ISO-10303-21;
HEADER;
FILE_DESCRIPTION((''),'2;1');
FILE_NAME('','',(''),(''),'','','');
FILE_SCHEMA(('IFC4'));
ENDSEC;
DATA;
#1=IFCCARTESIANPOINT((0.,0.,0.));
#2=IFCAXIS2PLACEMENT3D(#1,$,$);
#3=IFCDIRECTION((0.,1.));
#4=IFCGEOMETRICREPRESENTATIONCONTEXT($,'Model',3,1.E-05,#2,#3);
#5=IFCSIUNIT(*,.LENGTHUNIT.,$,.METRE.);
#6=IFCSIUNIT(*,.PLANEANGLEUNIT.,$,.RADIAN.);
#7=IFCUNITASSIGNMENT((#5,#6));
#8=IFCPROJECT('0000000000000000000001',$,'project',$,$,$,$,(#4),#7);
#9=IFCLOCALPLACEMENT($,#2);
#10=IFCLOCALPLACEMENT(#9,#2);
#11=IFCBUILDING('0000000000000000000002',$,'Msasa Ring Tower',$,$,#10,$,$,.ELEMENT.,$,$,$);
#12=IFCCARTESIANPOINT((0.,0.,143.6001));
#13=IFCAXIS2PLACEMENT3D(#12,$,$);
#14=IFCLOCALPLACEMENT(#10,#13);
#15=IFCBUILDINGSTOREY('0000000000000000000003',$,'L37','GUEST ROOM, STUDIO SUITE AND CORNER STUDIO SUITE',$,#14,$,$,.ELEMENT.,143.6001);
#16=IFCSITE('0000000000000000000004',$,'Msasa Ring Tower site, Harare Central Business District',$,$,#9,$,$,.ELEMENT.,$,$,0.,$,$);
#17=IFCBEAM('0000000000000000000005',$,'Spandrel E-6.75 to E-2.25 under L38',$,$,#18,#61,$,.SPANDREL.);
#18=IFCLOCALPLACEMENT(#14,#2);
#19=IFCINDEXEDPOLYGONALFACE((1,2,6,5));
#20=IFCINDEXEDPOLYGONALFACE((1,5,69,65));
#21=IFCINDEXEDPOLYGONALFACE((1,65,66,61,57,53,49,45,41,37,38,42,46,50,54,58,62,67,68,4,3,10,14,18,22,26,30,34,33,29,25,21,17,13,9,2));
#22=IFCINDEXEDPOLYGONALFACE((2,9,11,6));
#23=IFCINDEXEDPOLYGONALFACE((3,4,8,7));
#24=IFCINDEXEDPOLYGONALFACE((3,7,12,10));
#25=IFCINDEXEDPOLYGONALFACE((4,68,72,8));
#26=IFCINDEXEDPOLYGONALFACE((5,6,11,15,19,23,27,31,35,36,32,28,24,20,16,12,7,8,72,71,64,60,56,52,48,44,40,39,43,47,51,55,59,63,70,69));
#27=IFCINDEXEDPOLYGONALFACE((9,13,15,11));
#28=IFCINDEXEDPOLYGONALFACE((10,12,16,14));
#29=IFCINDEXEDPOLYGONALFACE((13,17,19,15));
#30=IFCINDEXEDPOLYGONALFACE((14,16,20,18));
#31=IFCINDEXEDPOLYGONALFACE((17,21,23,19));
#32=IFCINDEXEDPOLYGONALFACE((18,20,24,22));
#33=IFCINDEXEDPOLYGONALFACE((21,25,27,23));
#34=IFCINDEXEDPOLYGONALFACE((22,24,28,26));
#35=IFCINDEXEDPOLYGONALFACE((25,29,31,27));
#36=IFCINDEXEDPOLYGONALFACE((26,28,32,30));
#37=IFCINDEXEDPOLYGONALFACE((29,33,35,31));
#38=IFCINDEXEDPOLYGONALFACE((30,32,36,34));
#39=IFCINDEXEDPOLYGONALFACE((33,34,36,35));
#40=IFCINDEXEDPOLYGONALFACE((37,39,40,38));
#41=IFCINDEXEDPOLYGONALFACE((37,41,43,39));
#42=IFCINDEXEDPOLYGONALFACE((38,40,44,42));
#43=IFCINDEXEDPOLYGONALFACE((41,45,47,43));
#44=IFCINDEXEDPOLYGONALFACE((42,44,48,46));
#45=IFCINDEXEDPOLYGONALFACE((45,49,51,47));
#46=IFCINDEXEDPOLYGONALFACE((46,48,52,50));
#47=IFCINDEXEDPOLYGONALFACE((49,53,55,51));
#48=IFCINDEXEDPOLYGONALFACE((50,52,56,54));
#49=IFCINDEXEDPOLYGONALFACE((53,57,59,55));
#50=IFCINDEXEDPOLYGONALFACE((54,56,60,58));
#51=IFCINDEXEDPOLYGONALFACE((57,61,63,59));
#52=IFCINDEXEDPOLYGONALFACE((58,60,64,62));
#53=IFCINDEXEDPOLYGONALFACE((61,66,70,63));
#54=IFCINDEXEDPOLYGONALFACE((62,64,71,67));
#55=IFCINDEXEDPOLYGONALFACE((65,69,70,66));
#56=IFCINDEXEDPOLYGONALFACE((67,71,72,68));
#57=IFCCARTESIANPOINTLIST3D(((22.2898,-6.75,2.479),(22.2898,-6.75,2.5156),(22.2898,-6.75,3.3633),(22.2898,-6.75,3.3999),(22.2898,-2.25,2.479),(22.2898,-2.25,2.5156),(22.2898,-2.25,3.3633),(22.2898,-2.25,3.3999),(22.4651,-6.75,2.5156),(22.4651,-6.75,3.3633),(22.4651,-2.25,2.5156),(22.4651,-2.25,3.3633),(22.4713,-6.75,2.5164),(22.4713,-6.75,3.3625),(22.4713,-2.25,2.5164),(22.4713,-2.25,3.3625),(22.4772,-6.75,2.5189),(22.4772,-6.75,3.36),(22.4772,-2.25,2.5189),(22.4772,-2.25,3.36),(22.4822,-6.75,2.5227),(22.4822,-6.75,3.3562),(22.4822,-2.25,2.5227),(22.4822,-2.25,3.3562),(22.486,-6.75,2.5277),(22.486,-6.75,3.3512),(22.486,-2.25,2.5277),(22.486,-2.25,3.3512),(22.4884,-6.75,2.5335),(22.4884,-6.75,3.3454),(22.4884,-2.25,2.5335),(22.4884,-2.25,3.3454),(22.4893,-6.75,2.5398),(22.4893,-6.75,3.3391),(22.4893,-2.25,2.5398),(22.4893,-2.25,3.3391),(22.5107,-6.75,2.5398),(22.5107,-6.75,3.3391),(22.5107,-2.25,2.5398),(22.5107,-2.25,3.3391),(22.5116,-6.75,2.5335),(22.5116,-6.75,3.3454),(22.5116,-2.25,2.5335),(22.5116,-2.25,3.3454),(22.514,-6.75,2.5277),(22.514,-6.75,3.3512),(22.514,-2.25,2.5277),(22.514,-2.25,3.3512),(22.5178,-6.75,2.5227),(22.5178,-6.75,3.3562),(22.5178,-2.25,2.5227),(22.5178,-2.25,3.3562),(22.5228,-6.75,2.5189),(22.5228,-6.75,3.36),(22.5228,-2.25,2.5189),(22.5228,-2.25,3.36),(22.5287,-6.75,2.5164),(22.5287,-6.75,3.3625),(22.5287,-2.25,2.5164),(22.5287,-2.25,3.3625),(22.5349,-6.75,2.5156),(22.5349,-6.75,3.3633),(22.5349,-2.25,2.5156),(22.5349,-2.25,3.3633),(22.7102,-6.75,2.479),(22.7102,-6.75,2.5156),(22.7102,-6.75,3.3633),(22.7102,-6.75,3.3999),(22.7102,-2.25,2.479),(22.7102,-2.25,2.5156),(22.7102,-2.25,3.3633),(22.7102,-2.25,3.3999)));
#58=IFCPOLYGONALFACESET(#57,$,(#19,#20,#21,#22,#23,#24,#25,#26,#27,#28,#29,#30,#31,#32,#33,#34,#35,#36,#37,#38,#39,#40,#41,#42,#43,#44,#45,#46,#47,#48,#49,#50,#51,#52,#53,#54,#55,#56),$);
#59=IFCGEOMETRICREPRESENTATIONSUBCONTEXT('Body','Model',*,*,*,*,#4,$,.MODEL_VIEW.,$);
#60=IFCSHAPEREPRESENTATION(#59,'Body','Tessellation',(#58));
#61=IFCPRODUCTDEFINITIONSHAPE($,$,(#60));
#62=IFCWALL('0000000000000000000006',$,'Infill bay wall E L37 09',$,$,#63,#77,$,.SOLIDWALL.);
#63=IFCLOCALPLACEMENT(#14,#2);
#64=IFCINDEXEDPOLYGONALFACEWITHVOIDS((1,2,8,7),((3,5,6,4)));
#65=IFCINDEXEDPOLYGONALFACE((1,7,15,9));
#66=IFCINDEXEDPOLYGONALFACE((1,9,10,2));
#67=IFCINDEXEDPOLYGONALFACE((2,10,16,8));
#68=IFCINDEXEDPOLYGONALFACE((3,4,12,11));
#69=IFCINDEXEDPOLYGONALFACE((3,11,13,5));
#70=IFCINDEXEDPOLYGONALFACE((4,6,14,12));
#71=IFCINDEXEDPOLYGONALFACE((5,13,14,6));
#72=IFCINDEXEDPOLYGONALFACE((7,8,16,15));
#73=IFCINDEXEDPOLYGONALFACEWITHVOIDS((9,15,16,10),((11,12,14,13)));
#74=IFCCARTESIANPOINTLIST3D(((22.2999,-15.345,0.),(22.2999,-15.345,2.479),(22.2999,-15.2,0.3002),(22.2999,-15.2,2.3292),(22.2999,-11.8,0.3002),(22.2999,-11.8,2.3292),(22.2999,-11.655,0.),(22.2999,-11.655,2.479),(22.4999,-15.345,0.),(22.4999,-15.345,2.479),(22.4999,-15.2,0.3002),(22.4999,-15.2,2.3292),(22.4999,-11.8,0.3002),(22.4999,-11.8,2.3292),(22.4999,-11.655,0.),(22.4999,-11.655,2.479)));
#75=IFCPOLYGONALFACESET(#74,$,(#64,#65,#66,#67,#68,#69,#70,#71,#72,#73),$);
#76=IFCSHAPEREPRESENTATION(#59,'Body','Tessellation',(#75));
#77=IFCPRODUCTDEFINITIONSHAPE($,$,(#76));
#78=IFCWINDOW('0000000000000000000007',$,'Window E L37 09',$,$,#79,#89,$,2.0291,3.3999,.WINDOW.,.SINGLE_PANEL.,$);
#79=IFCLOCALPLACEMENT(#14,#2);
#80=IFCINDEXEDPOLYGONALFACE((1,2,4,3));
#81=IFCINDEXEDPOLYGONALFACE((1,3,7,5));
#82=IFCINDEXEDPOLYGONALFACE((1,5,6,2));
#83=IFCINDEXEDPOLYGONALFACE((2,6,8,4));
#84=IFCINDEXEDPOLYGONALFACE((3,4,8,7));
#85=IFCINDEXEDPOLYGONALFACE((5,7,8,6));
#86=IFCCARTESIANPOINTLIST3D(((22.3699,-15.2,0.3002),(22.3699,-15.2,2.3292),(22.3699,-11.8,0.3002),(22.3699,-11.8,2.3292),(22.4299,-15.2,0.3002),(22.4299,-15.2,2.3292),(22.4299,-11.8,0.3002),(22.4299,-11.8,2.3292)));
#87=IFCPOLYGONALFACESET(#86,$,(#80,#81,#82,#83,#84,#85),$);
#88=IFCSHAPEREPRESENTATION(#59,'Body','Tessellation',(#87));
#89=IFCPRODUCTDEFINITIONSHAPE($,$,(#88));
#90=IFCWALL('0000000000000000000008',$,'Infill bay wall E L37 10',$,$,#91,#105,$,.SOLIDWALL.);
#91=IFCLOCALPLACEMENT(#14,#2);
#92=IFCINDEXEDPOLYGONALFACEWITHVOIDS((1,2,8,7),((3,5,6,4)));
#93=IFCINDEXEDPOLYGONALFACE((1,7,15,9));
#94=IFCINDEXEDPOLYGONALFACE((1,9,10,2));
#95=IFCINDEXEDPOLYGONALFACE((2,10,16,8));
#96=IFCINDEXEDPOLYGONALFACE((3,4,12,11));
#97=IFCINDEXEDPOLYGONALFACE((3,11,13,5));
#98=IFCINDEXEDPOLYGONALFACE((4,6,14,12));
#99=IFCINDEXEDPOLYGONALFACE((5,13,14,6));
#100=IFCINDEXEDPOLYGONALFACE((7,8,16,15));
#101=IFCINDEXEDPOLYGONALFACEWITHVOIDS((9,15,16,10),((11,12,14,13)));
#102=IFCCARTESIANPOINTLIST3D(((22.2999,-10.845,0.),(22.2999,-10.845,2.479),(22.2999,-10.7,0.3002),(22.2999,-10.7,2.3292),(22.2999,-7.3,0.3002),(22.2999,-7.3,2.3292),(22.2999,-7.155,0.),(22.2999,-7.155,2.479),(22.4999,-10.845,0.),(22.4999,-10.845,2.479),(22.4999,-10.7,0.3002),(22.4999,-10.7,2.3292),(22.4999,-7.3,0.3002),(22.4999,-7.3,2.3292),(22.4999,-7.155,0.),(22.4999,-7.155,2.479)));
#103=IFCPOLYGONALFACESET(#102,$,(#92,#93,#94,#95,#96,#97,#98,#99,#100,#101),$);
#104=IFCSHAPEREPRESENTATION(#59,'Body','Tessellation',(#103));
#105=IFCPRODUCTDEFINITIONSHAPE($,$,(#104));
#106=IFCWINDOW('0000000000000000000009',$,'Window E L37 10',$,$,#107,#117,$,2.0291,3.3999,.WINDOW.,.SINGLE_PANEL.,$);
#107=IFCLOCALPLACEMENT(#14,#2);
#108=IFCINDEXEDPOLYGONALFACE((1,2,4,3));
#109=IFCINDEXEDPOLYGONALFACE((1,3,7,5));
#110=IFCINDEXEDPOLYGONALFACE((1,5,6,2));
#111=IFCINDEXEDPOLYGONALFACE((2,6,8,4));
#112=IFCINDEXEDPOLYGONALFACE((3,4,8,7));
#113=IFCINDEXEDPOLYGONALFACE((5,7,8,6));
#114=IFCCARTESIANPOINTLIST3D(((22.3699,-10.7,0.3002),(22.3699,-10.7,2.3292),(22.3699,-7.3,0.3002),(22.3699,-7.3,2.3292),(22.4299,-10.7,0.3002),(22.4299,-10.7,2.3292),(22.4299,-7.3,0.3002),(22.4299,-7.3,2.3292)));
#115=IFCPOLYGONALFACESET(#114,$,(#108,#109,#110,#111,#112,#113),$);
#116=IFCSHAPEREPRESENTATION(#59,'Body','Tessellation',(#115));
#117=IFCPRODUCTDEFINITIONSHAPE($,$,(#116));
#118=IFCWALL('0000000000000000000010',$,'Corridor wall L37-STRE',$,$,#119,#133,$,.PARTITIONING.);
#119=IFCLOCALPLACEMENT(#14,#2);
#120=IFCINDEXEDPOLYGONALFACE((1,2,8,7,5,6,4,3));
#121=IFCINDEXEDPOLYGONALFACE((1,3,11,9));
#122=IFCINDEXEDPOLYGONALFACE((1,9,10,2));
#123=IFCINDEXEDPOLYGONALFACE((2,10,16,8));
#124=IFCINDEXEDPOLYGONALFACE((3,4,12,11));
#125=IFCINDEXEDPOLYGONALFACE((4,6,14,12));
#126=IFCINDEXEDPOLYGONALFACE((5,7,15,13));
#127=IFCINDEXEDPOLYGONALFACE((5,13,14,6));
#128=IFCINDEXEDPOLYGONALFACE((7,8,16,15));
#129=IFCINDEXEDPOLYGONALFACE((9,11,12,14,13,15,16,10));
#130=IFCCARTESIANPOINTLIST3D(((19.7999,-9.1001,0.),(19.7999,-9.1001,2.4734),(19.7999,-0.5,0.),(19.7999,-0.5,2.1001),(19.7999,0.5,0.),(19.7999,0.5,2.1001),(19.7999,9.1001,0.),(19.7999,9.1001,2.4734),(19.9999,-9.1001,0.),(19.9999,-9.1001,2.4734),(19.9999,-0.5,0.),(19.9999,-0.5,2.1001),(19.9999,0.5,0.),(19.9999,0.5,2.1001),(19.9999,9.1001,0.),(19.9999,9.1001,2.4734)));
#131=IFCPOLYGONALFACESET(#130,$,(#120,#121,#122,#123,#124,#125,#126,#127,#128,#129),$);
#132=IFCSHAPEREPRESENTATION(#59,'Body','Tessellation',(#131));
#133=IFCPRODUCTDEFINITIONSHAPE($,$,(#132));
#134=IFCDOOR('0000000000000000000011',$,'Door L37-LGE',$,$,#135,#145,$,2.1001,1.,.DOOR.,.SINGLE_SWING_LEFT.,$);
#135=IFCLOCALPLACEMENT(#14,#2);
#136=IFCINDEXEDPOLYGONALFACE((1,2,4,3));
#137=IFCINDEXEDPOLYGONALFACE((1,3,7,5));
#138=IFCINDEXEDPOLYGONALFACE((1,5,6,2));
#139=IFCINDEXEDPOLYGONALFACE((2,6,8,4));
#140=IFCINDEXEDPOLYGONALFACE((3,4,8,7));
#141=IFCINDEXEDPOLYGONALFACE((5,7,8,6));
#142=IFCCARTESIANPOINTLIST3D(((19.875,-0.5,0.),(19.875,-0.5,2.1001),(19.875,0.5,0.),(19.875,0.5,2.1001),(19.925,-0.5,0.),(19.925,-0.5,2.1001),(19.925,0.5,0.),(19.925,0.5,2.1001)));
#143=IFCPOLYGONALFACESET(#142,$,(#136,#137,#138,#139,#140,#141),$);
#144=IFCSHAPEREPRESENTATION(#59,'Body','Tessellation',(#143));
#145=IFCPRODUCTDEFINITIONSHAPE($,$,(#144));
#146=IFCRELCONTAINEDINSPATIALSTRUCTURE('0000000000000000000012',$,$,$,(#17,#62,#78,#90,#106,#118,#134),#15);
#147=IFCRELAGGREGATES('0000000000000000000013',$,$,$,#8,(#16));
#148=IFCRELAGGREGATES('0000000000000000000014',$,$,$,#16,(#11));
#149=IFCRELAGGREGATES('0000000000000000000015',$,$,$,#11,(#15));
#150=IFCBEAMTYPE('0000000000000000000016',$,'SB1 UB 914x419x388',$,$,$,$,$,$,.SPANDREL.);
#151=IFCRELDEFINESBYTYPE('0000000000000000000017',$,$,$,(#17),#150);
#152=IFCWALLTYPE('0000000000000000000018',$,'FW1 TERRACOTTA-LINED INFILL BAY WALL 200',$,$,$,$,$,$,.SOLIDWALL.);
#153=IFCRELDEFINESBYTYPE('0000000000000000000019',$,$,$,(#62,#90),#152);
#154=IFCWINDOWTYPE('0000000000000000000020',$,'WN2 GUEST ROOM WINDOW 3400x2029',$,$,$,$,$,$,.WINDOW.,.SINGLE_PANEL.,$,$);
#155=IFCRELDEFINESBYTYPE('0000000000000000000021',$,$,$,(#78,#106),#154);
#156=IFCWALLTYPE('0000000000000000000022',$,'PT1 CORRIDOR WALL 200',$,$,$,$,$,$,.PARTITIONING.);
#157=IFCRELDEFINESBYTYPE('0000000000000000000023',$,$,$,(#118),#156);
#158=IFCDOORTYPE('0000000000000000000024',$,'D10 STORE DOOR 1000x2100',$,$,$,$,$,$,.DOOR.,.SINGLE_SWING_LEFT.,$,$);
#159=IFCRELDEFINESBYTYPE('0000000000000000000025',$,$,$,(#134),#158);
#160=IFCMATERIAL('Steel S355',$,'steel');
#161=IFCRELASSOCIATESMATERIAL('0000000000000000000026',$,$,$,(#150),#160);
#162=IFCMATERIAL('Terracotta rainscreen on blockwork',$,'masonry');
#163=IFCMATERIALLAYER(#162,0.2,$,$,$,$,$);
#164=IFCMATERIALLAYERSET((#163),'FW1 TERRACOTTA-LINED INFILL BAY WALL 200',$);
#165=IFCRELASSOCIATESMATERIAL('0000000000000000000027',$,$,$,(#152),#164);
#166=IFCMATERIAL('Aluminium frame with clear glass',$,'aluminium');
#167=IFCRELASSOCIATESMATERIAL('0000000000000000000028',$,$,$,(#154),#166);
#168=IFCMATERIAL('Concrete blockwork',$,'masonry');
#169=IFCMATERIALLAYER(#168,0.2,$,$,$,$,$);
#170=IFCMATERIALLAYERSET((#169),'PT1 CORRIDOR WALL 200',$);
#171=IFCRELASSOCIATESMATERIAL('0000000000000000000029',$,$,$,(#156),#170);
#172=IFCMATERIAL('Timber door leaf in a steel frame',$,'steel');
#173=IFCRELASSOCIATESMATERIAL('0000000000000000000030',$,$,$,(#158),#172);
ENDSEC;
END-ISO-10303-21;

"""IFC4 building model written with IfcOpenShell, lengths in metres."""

from ifc_helpers import new_model, si_unit, direction, frame, frame_2d, origin, origin_2d, place, context, subcontext, project, spatial, rectangle, i_section, extrude, material, layer, layer_set, material_profile, profile_set, type_object, element, fill, save


model = new_model("IFC4")

# Units and contexts
model_context = context("Model", 3, precision=1e-05, world=origin(), true_north=direction((0.0, 1.0)))
body_context = subcontext(model_context, "Body", "Model", "MODEL_VIEW")
ifc_project = project(units=[si_unit("LENGTHUNIT", "METRE"), si_unit("PLANEANGLEUNIT", "RADIAN")], contexts=[model_context])

# Site, building, storey
site_placement = place(None, origin())
site = spatial("IfcSite", under=ifc_project, at=site_placement, Name="Msasa Ring Tower site, Harare Central Business District", CompositionType="ELEMENT", RefElevation=0.0)
building_placement = place(site_placement, origin())
building = spatial("IfcBuilding", under=site, at=building_placement, Name="Msasa Ring Tower", CompositionType="ELEMENT")
storey_placement = place(building_placement, frame((0.0, 0.0, 143.6001)))
storey = spatial("IfcBuildingStorey", under=building, at=storey_placement, Name="L37", Description="GUEST ROOM, STUDIO SUITE AND CORNER STUDIO SUITE", CompositionType="ELEMENT", Elevation=143.6001)

# Beam
ifc_material_1 = material(Name="Steel S355", Category="steel")
ifc_material_profile_1 = material_profile(ifc_material_1, i_section(OverallWidth=0.4204, OverallDepth=0.9209, WebThickness=0.0215, FlangeThickness=0.0366, FilletRadius=0.0242, at=origin_2d()), Name="UB 914x419x388")
ifc_profile_set_1 = profile_set([ifc_material_profile_1], Name="Steel S355")
beam_type_1 = type_object("IfcBeamType", Name="SB1 UB 914x419x388", PredefinedType="SPANDREL", material=ifc_profile_set_1)
for number, where, z_axis, x_axis, name in (
    (1, (22.5, -6.75, 2.9395), (0.0, 1.0, 0.0), (-1.0, 0.0, 0.0), "Spandrel E-6.75 to E-2.25 under L38"),
):
    element("IfcBeam", number, at=place(storey_placement, frame(where, z_axis=z_axis, x_axis=x_axis)), inside=storey, type_object=beam_type_1, Name=name, PredefinedType="SPANDREL", context=body_context, shape_type="SweptSolid", body=[
        extrude(i_section(OverallWidth=0.4204, OverallDepth=0.9209, WebThickness=0.0215, FlangeThickness=0.0366, FilletRadius=0.0242, at=origin_2d()), origin(), (0.0, 0.0, 1.0), 4.5),
    ])

# Walls, openings, windows
ifc_material_2 = material(Name="Terracotta rainscreen on blockwork", Category="masonry")
ifc_layer_1 = layer(ifc_material_2, 0.2)
ifc_layer_set_1 = layer_set([ifc_layer_1], Name="FW1 TERRACOTTA-LINED INFILL BAY WALL 200")
wall_type_1 = type_object("IfcWallType", Name="FW1 TERRACOTTA-LINED INFILL BAY WALL 200", PredefinedType="SOLIDWALL", material=ifc_layer_set_1)
wall_1_placement = place(storey_placement, frame((22.3999, -15.345, 0.0), z_axis=(0.0, 0.0, 1.0), x_axis=(0.0, 1.0, 0.0)))
wall_1 = element("IfcWall", 2, at=wall_1_placement, inside=storey, type_object=wall_type_1, Name="Infill bay wall E L37 09", PredefinedType="SOLIDWALL", context=body_context, shape_type="SweptSolid", body=[
    extrude(rectangle(XDim=3.6899, YDim=0.2, at=frame_2d((1.845, 0.0))), origin(), (0.0, 0.0, 1.0), 2.479),
])
opening_1_placement = place(wall_1_placement, frame((0.145, 0.0, 0.3)))
opening_1 = element("IfcOpeningElement", 3, at=opening_1_placement, cuts=wall_1, PredefinedType="OPENING", context=body_context, shape_type="SweptSolid", body=[
    extrude(rectangle(XDim=3.3999, YDim=2.0291, at=frame_2d((1.7, 1.0146))), frame((0.0, 0.1099, 0.0), z_axis=(0.0, -1.0, 0.0), x_axis=(1.0, 0.0, 0.0)), (0.0, 0.0, 1.0), 0.22),
])
ifc_material_3 = material(Name="Aluminium frame with clear glass", Category="aluminium")
window_type = type_object("IfcWindowType", Name="WN2 GUEST ROOM WINDOW 3400x2029", PartitioningType="SINGLE_PANEL", PredefinedType="WINDOW", material=ifc_material_3)
window_1_placement = place(opening_1_placement, origin())
window_1 = element("IfcWindow", 4, at=window_1_placement, inside=storey, type_object=window_type, Name="Window E L37 09", OverallHeight=2.0291, OverallWidth=3.3999, PartitioningType="SINGLE_PANEL", PredefinedType="WINDOW", context=body_context, shape_type="SweptSolid", body=[
    extrude(rectangle(XDim=3.3999, YDim=2.0291, at=frame_2d((1.7, 1.0146))), frame((0.0, 0.03, 0.0), z_axis=(0.0, -1.0, 0.0), x_axis=(1.0, 0.0, 0.0)), (0.0, 0.0, 1.0), 0.0601),
])
fill(opening_1, window_1)
wall_2_placement = place(storey_placement, frame((22.3999, -10.845, 0.0), z_axis=(0.0, 0.0, 1.0), x_axis=(0.0, 1.0, 0.0)))
wall_2 = element("IfcWall", 5, at=wall_2_placement, inside=storey, type_object=wall_type_1, Name="Infill bay wall E L37 10", PredefinedType="SOLIDWALL", context=body_context, shape_type="SweptSolid", body=[
    extrude(rectangle(XDim=3.6899, YDim=0.2, at=frame_2d((1.845, 0.0))), origin(), (0.0, 0.0, 1.0), 2.479),
])
opening_2_placement = place(wall_2_placement, frame((0.145, 0.0, 0.3)))
opening_2 = element("IfcOpeningElement", 6, at=opening_2_placement, cuts=wall_2, PredefinedType="OPENING", context=body_context, shape_type="SweptSolid", body=[
    extrude(rectangle(XDim=3.3999, YDim=2.0291, at=frame_2d((1.7, 1.0146))), frame((0.0, 0.1099, 0.0), z_axis=(0.0, -1.0, 0.0), x_axis=(1.0, 0.0, 0.0)), (0.0, 0.0, 1.0), 0.22),
])
window_2_placement = place(opening_2_placement, origin())
window_2 = element("IfcWindow", 7, at=window_2_placement, inside=storey, type_object=window_type, Name="Window E L37 10", OverallHeight=2.0291, OverallWidth=3.3999, PartitioningType="SINGLE_PANEL", PredefinedType="WINDOW", context=body_context, shape_type="SweptSolid", body=[
    extrude(rectangle(XDim=3.3999, YDim=2.0291, at=frame_2d((1.7, 1.0146))), frame((0.0, 0.03, 0.0), z_axis=(0.0, -1.0, 0.0), x_axis=(1.0, 0.0, 0.0)), (0.0, 0.0, 1.0), 0.0601),
])
fill(opening_2, window_2)

# Wall, opening, door
ifc_material_4 = material(Name="Concrete blockwork", Category="masonry")
ifc_layer_2 = layer(ifc_material_4, 0.2)
ifc_layer_set_2 = layer_set([ifc_layer_2], Name="PT1 CORRIDOR WALL 200")
wall_type_2 = type_object("IfcWallType", Name="PT1 CORRIDOR WALL 200", PredefinedType="PARTITIONING", material=ifc_layer_set_2)
wall_3_placement = place(storey_placement, frame((19.8999, -9.1001, 0.0), z_axis=(0.0, 0.0, 1.0), x_axis=(0.0, 1.0, 0.0)))
wall_3 = element("IfcWall", 8, at=wall_3_placement, inside=storey, type_object=wall_type_2, Name="Corridor wall L37-STRE", PredefinedType="PARTITIONING", context=body_context, shape_type="SweptSolid", body=[
    extrude(rectangle(XDim=18.2002, YDim=0.2, at=frame_2d((9.1001, 0.0))), origin(), (0.0, 0.0, 1.0), 2.4734),
])
opening_3_placement = place(wall_3_placement, frame((8.6001, 0.0, 0.0)))
opening_3 = element("IfcOpeningElement", 9, at=opening_3_placement, cuts=wall_3, PredefinedType="OPENING", context=body_context, shape_type="SweptSolid", body=[
    extrude(rectangle(XDim=1.0, YDim=2.1001, at=frame_2d((0.5, 1.05))), frame((0.0, 0.1099, 0.0), z_axis=(0.0, -1.0, 0.0), x_axis=(1.0, 0.0, 0.0)), (0.0, 0.0, 1.0), 0.22),
])
ifc_material_5 = material(Name="Timber door leaf in a steel frame", Category="steel")
door_type_1 = type_object("IfcDoorType", Name="D10 STORE DOOR 1000x2100", OperationType="SINGLE_SWING_LEFT", PredefinedType="DOOR", material=ifc_material_5)
door_1_placement = place(opening_3_placement, origin())
door_1 = element("IfcDoor", 10, at=door_1_placement, inside=storey, type_object=door_type_1, Name="Door L37-LGE", OperationType="SINGLE_SWING_LEFT", OverallHeight=2.1001, OverallWidth=1.0, PredefinedType="DOOR", context=body_context, shape_type="SweptSolid", body=[
    extrude(rectangle(XDim=1.0, YDim=2.1001, at=frame_2d((0.5, 1.05))), frame((0.0, 0.0249, 0.0), z_axis=(0.0, -1.0, 0.0), x_axis=(1.0, 0.0, 0.0)), (0.0, 0.0, 1.0), 0.05),
])
fill(opening_3, door_1)

save(model, "model.ifc")
